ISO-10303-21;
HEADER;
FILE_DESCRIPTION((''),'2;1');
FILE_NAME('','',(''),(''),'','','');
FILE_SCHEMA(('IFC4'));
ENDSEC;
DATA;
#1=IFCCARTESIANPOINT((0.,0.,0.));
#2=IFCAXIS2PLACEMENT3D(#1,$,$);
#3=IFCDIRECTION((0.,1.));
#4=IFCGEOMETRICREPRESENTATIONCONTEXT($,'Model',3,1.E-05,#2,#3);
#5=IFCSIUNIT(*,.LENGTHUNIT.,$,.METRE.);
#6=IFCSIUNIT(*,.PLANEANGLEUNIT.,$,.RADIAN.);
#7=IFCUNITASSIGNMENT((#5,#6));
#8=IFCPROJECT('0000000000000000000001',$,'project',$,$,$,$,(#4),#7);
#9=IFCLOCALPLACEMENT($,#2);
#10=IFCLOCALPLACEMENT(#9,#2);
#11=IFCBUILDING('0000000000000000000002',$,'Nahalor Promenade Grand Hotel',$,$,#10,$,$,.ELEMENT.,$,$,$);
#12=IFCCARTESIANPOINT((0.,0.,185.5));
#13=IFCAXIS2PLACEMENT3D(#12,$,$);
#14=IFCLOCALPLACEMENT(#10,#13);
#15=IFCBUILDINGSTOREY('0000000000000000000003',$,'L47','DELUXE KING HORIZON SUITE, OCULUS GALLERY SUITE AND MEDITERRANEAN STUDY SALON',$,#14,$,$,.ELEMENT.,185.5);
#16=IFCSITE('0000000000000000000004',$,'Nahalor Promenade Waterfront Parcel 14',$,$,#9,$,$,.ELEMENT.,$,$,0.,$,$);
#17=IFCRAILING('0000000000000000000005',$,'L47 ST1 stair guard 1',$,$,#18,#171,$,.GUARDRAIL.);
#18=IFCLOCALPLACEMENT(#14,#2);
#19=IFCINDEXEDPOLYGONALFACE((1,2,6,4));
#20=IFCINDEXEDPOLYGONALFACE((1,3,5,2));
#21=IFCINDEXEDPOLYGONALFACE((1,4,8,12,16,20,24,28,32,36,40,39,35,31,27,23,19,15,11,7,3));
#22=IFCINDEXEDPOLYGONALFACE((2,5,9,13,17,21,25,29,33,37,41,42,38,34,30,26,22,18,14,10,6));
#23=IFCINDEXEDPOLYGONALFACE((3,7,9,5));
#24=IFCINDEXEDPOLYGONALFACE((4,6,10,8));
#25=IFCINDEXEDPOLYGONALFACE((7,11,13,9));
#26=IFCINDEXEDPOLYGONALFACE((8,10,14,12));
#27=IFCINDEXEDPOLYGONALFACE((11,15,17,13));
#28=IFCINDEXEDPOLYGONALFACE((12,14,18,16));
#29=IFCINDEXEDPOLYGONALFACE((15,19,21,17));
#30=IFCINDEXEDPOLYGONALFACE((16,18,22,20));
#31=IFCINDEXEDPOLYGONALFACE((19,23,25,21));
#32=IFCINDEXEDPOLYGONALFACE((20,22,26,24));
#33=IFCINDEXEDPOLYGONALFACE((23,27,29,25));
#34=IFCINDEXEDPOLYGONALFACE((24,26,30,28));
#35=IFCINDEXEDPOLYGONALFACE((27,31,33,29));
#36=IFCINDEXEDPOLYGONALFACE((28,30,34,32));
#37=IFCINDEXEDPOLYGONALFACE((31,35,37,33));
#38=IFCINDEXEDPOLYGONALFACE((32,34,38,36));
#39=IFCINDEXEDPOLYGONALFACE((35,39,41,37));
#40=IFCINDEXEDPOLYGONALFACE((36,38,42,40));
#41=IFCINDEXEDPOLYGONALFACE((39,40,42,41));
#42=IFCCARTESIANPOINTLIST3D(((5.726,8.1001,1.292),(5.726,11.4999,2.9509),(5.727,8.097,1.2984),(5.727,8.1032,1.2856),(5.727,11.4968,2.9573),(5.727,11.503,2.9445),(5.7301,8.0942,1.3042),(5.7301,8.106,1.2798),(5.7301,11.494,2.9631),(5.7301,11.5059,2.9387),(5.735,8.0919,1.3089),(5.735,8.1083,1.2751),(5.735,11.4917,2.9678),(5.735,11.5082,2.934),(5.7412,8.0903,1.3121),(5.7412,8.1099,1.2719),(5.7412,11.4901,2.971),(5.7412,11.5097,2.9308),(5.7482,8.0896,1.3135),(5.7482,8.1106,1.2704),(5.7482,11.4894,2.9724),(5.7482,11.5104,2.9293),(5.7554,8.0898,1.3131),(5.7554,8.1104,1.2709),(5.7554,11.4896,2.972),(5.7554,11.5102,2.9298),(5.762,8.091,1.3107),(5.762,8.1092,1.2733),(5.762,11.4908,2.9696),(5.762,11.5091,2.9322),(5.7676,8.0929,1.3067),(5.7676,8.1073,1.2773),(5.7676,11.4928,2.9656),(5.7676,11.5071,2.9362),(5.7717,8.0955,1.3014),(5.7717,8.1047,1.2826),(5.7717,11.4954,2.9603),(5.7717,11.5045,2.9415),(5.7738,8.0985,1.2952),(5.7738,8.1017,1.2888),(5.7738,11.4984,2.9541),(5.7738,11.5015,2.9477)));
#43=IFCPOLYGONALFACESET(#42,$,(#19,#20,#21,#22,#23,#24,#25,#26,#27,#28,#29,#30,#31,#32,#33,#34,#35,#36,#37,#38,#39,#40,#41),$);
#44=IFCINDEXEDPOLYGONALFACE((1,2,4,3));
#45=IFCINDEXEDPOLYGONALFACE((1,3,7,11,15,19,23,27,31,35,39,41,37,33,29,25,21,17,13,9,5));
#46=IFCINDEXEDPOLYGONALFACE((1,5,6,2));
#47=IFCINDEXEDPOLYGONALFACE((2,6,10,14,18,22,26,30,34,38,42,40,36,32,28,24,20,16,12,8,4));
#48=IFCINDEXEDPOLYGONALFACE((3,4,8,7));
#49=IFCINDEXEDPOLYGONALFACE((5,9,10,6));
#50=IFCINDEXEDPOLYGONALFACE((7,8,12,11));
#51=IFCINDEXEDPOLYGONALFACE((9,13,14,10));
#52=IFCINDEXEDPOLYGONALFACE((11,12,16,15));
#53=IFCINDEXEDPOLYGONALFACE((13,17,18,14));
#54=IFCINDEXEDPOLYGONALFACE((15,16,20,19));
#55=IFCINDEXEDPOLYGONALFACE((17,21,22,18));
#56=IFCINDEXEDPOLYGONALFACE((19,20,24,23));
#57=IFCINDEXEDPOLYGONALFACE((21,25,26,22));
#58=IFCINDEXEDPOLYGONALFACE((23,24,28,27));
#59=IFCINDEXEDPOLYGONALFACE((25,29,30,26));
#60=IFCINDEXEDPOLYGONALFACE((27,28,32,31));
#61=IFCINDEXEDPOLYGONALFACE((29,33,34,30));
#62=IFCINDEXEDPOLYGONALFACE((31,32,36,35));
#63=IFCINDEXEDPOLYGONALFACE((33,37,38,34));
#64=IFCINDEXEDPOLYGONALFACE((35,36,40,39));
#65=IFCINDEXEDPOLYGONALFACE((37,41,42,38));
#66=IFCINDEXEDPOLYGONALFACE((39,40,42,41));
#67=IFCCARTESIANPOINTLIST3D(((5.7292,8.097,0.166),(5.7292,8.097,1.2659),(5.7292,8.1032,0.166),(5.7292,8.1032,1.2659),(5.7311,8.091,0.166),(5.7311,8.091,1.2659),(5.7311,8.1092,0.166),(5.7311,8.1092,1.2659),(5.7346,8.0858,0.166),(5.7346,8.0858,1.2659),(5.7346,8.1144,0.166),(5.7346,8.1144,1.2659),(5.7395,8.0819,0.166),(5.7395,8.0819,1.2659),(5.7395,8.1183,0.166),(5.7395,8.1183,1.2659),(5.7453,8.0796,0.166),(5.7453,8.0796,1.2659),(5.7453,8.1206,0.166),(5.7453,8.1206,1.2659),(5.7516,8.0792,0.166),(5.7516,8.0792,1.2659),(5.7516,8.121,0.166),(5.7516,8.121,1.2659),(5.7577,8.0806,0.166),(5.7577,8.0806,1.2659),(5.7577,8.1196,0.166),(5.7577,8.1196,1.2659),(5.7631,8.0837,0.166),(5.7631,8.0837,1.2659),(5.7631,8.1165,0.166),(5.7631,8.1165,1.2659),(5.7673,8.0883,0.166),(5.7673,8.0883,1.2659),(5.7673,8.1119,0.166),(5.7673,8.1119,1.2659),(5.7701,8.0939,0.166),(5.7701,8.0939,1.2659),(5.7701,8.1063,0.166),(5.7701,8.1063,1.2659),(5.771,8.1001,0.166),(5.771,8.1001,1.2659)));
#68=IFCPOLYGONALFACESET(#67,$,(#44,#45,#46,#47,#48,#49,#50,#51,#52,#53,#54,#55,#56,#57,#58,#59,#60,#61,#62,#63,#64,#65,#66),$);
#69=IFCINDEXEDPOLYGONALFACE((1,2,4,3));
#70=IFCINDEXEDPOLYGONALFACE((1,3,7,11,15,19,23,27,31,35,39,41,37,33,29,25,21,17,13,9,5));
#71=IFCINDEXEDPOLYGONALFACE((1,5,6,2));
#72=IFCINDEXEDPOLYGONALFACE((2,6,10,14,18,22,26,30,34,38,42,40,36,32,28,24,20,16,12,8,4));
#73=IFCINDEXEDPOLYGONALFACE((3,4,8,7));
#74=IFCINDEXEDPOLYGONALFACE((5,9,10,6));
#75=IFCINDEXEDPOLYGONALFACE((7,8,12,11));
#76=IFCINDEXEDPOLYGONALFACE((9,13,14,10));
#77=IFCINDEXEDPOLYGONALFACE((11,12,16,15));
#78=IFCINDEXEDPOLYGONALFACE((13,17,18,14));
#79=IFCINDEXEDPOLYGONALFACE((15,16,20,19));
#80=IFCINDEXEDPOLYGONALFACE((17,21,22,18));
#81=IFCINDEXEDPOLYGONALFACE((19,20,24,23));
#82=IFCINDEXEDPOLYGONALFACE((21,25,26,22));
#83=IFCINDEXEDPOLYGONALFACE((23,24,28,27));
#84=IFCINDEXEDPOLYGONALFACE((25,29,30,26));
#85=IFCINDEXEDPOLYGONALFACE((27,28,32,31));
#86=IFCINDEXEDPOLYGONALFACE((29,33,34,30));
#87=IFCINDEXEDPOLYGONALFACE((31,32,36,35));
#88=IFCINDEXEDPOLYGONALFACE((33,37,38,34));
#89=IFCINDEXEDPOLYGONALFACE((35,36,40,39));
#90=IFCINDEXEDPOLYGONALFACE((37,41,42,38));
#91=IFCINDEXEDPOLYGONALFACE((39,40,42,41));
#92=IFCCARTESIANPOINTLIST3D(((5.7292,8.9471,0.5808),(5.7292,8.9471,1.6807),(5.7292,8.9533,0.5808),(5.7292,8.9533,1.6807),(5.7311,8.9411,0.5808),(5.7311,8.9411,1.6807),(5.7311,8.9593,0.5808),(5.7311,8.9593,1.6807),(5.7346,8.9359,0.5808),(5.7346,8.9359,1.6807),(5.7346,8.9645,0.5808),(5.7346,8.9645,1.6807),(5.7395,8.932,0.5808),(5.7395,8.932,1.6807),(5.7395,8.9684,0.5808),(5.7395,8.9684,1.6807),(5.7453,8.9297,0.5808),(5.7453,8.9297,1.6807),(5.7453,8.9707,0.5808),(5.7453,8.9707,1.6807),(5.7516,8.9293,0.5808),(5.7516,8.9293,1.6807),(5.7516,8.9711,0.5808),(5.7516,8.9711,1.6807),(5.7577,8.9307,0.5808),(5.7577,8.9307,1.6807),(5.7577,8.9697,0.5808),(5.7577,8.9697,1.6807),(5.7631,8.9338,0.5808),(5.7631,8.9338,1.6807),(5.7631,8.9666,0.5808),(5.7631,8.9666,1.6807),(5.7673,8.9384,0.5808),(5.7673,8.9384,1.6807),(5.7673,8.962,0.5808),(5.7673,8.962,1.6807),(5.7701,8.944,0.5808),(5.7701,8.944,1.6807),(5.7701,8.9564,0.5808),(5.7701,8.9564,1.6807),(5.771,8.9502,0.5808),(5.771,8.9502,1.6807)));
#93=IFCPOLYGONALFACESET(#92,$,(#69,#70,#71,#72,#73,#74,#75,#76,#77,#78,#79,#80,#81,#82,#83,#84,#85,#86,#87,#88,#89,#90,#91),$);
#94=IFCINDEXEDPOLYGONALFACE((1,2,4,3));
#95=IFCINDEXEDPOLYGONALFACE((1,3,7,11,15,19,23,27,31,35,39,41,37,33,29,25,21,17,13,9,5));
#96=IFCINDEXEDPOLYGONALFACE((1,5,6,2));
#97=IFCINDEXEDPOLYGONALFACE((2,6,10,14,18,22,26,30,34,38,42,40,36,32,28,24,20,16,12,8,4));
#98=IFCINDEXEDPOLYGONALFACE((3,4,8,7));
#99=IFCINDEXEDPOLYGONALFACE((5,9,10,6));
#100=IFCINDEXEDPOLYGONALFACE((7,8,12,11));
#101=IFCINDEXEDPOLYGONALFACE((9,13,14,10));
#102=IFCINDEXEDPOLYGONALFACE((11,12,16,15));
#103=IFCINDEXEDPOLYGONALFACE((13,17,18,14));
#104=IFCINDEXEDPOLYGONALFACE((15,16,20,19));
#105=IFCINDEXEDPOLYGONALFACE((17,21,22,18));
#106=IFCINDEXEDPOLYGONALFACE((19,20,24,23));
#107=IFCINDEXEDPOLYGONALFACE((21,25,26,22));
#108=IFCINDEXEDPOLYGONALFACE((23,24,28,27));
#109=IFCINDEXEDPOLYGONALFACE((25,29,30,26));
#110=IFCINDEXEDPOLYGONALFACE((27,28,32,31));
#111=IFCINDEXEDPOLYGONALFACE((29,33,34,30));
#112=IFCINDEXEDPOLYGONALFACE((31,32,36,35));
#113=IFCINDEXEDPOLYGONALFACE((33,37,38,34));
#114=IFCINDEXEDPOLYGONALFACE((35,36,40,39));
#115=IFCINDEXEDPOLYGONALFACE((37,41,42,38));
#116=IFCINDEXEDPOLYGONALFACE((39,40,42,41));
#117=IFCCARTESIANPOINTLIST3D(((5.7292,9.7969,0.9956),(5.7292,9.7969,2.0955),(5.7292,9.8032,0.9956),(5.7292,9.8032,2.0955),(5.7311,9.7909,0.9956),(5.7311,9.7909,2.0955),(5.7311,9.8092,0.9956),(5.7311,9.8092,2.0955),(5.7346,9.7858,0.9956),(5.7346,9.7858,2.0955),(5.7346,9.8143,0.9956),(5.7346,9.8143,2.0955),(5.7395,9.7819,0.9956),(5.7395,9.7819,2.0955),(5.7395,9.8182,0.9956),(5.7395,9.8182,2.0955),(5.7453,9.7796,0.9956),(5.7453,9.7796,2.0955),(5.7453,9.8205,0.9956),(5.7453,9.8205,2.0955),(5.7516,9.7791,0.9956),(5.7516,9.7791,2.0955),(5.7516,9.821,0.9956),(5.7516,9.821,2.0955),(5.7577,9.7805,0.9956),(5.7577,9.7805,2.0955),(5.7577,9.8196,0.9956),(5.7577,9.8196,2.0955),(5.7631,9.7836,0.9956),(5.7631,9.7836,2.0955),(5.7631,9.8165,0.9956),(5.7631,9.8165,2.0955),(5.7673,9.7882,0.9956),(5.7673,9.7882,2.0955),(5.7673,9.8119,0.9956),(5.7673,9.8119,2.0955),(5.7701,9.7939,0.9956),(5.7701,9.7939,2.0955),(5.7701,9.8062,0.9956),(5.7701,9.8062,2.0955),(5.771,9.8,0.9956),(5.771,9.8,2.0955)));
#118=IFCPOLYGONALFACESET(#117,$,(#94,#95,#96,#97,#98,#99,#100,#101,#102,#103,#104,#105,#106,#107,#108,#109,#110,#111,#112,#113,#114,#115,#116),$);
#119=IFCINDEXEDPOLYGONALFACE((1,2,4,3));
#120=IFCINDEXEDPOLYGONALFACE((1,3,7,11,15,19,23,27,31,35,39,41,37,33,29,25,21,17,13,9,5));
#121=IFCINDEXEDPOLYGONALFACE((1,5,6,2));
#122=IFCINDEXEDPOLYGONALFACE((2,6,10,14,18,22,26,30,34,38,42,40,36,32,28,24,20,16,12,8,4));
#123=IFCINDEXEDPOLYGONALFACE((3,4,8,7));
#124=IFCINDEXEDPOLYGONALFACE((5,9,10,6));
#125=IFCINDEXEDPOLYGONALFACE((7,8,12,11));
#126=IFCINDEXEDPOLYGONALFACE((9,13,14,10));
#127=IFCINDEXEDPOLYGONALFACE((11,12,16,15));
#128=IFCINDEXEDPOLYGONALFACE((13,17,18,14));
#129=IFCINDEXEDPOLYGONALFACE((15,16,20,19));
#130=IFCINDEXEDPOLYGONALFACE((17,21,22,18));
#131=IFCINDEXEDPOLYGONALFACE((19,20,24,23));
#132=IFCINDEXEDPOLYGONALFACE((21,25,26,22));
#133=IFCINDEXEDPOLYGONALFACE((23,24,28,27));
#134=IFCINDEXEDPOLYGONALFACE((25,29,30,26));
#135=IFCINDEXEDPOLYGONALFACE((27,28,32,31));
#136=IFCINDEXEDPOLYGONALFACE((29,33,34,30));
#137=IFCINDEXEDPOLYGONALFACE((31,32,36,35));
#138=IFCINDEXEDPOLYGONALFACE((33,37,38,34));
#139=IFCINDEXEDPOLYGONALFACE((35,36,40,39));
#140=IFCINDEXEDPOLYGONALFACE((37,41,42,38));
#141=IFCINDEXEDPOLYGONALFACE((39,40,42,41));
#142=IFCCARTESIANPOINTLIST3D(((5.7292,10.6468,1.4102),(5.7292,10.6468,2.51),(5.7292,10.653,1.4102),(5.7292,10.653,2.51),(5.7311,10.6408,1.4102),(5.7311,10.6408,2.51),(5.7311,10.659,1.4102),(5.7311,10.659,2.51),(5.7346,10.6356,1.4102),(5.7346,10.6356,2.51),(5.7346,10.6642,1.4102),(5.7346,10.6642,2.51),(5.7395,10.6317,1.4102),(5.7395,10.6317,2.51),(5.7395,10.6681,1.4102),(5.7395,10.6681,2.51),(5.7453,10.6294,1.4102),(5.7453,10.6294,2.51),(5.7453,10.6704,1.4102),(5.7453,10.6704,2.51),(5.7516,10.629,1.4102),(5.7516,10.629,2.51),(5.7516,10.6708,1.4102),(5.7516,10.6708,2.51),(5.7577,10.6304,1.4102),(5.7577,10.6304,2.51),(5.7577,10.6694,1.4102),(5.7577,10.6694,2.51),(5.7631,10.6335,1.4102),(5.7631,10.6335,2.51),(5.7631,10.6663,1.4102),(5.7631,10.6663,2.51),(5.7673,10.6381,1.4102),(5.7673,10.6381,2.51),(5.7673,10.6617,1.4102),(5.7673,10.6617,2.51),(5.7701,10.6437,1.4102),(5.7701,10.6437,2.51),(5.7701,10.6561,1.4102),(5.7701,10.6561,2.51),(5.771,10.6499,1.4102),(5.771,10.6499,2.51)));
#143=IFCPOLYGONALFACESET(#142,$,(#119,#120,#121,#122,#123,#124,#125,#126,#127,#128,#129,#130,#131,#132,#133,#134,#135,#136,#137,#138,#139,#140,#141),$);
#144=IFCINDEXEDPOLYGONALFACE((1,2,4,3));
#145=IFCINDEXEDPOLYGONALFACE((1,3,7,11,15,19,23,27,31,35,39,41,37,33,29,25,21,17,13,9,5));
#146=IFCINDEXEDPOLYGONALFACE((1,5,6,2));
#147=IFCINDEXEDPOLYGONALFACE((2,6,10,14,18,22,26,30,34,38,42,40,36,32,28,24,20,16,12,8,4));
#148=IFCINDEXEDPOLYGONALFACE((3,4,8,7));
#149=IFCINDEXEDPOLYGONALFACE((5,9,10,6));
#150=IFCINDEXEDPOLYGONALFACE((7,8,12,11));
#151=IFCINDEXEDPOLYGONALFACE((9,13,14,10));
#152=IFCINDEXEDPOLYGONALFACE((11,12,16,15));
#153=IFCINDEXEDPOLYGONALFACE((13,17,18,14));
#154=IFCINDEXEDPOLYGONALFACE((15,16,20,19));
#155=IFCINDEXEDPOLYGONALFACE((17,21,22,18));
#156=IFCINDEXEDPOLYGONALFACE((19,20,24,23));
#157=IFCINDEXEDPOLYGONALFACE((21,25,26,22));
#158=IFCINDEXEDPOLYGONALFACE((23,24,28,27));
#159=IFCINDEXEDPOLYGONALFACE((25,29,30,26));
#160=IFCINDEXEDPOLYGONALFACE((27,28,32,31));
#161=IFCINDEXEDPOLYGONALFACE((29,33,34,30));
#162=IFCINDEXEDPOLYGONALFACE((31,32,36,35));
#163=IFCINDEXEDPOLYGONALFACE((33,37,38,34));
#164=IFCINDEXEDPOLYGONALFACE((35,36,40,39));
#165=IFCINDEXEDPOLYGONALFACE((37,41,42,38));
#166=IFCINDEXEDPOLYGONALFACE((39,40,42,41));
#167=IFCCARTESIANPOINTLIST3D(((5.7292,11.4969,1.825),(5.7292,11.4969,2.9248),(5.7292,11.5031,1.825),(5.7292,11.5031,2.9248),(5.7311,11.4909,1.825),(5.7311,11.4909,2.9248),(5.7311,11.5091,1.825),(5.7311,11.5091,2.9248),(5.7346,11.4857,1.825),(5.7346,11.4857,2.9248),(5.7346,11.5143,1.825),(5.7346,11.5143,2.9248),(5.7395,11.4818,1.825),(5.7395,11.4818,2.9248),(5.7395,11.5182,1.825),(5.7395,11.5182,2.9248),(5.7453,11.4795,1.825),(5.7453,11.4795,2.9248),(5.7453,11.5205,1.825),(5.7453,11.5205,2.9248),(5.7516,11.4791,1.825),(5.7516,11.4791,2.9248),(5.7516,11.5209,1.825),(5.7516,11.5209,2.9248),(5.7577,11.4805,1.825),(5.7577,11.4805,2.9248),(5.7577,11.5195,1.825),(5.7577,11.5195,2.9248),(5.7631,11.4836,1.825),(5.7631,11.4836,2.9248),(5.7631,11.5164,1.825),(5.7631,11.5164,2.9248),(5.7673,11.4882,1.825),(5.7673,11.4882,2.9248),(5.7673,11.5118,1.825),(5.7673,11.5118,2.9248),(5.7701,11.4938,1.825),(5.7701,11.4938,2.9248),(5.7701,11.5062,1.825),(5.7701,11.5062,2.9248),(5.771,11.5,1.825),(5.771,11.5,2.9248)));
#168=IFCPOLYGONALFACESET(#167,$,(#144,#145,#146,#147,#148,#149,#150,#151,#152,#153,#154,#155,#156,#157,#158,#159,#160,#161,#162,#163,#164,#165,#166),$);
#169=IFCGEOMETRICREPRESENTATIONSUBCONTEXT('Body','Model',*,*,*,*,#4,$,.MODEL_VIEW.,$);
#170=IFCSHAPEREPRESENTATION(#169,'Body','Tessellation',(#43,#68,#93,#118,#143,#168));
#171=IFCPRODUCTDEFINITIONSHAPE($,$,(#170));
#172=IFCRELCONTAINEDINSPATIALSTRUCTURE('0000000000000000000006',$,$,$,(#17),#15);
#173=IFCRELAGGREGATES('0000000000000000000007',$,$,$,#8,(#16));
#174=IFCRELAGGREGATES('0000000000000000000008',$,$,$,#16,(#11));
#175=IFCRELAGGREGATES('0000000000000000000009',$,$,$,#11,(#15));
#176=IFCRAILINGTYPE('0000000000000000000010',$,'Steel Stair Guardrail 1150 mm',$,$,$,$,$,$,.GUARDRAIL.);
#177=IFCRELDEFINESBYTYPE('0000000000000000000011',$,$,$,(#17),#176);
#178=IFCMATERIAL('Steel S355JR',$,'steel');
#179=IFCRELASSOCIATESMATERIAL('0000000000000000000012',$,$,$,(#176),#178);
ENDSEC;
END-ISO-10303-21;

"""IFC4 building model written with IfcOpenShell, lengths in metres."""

from ifc_helpers import new_model, si_unit, direction, frame, origin, origin_2d, place, context, subcontext, project, spatial, circle, extrude, material, type_object, element, save


model = new_model("IFC4")

# Units and contexts
model_context = context("Model", 3, precision=1e-05, world=origin(), true_north=direction((0.0, 1.0)))
body_context = subcontext(model_context, "Body", "Model", "MODEL_VIEW")
ifc_project = project(units=[si_unit("LENGTHUNIT", "METRE"), si_unit("PLANEANGLEUNIT", "RADIAN")], contexts=[model_context])

# Site, building, storey
site_placement = place(None, origin())
site = spatial("IfcSite", under=ifc_project, at=site_placement, Name="Nahalor Promenade Waterfront Parcel 14", CompositionType="ELEMENT", RefElevation=0.0)
building_placement = place(site_placement, origin())
building = spatial("IfcBuilding", under=site, at=building_placement, Name="Nahalor Promenade Grand Hotel", CompositionType="ELEMENT")
storey_placement = place(building_placement, frame((0.0, 0.0, 185.5)))
storey = spatial("IfcBuildingStorey", under=building, at=storey_placement, Name="L47", Description="DELUXE KING HORIZON SUITE, OCULUS GALLERY SUITE AND MEDITERRANEAN STUDY SALON", CompositionType="ELEMENT", Elevation=185.5)

# Shared definitions
ifc_material_1 = material(Name="Steel S355JR", Category="steel")

# Railing
railing_type_1 = type_object("IfcRailingType", Name="Steel Stair Guardrail 1150 mm", PredefinedType="GUARDRAIL", material=ifc_material_1)
railing_1_placement = place(storey_placement, frame((5.75, 8.1001, 0.166)))
element("IfcRailing", 1, at=railing_1_placement, inside=storey, type_object=railing_type_1, Name="L47 ST1 stair guard 1", PredefinedType="GUARDRAIL", context=body_context, shape_type="SweptSolid", body=[
    extrude(circle(Radius=0.024, at=origin_2d()), frame((0.0, 0.0, 1.126), z_axis=(0.0, 0.898722, 0.438519), x_axis=(-1.0, 0.0, 0.0)), (0.0, 0.0, 1.0), 3.783),
    extrude(circle(Radius=0.021, at=origin_2d()), origin(), (0.0, 0.0, 1.0), 1.0999),
    extrude(circle(Radius=0.021, at=origin_2d()), frame((0.0, 0.8501, 0.4148)), (0.0, 0.0, 1.0), 1.0999),
    extrude(circle(Radius=0.021, at=origin_2d()), frame((0.0, 1.7, 0.8296)), (0.0, 0.0, 1.0), 1.0999),
    extrude(circle(Radius=0.021, at=origin_2d()), frame((0.0, 2.5498, 1.2441)), (0.0, 0.0, 1.0), 1.0999),
    extrude(circle(Radius=0.021, at=origin_2d()), frame((0.0, 3.3999, 1.6589)), (0.0, 0.0, 1.0), 1.0999),
])

save(model, "model.ifc")
